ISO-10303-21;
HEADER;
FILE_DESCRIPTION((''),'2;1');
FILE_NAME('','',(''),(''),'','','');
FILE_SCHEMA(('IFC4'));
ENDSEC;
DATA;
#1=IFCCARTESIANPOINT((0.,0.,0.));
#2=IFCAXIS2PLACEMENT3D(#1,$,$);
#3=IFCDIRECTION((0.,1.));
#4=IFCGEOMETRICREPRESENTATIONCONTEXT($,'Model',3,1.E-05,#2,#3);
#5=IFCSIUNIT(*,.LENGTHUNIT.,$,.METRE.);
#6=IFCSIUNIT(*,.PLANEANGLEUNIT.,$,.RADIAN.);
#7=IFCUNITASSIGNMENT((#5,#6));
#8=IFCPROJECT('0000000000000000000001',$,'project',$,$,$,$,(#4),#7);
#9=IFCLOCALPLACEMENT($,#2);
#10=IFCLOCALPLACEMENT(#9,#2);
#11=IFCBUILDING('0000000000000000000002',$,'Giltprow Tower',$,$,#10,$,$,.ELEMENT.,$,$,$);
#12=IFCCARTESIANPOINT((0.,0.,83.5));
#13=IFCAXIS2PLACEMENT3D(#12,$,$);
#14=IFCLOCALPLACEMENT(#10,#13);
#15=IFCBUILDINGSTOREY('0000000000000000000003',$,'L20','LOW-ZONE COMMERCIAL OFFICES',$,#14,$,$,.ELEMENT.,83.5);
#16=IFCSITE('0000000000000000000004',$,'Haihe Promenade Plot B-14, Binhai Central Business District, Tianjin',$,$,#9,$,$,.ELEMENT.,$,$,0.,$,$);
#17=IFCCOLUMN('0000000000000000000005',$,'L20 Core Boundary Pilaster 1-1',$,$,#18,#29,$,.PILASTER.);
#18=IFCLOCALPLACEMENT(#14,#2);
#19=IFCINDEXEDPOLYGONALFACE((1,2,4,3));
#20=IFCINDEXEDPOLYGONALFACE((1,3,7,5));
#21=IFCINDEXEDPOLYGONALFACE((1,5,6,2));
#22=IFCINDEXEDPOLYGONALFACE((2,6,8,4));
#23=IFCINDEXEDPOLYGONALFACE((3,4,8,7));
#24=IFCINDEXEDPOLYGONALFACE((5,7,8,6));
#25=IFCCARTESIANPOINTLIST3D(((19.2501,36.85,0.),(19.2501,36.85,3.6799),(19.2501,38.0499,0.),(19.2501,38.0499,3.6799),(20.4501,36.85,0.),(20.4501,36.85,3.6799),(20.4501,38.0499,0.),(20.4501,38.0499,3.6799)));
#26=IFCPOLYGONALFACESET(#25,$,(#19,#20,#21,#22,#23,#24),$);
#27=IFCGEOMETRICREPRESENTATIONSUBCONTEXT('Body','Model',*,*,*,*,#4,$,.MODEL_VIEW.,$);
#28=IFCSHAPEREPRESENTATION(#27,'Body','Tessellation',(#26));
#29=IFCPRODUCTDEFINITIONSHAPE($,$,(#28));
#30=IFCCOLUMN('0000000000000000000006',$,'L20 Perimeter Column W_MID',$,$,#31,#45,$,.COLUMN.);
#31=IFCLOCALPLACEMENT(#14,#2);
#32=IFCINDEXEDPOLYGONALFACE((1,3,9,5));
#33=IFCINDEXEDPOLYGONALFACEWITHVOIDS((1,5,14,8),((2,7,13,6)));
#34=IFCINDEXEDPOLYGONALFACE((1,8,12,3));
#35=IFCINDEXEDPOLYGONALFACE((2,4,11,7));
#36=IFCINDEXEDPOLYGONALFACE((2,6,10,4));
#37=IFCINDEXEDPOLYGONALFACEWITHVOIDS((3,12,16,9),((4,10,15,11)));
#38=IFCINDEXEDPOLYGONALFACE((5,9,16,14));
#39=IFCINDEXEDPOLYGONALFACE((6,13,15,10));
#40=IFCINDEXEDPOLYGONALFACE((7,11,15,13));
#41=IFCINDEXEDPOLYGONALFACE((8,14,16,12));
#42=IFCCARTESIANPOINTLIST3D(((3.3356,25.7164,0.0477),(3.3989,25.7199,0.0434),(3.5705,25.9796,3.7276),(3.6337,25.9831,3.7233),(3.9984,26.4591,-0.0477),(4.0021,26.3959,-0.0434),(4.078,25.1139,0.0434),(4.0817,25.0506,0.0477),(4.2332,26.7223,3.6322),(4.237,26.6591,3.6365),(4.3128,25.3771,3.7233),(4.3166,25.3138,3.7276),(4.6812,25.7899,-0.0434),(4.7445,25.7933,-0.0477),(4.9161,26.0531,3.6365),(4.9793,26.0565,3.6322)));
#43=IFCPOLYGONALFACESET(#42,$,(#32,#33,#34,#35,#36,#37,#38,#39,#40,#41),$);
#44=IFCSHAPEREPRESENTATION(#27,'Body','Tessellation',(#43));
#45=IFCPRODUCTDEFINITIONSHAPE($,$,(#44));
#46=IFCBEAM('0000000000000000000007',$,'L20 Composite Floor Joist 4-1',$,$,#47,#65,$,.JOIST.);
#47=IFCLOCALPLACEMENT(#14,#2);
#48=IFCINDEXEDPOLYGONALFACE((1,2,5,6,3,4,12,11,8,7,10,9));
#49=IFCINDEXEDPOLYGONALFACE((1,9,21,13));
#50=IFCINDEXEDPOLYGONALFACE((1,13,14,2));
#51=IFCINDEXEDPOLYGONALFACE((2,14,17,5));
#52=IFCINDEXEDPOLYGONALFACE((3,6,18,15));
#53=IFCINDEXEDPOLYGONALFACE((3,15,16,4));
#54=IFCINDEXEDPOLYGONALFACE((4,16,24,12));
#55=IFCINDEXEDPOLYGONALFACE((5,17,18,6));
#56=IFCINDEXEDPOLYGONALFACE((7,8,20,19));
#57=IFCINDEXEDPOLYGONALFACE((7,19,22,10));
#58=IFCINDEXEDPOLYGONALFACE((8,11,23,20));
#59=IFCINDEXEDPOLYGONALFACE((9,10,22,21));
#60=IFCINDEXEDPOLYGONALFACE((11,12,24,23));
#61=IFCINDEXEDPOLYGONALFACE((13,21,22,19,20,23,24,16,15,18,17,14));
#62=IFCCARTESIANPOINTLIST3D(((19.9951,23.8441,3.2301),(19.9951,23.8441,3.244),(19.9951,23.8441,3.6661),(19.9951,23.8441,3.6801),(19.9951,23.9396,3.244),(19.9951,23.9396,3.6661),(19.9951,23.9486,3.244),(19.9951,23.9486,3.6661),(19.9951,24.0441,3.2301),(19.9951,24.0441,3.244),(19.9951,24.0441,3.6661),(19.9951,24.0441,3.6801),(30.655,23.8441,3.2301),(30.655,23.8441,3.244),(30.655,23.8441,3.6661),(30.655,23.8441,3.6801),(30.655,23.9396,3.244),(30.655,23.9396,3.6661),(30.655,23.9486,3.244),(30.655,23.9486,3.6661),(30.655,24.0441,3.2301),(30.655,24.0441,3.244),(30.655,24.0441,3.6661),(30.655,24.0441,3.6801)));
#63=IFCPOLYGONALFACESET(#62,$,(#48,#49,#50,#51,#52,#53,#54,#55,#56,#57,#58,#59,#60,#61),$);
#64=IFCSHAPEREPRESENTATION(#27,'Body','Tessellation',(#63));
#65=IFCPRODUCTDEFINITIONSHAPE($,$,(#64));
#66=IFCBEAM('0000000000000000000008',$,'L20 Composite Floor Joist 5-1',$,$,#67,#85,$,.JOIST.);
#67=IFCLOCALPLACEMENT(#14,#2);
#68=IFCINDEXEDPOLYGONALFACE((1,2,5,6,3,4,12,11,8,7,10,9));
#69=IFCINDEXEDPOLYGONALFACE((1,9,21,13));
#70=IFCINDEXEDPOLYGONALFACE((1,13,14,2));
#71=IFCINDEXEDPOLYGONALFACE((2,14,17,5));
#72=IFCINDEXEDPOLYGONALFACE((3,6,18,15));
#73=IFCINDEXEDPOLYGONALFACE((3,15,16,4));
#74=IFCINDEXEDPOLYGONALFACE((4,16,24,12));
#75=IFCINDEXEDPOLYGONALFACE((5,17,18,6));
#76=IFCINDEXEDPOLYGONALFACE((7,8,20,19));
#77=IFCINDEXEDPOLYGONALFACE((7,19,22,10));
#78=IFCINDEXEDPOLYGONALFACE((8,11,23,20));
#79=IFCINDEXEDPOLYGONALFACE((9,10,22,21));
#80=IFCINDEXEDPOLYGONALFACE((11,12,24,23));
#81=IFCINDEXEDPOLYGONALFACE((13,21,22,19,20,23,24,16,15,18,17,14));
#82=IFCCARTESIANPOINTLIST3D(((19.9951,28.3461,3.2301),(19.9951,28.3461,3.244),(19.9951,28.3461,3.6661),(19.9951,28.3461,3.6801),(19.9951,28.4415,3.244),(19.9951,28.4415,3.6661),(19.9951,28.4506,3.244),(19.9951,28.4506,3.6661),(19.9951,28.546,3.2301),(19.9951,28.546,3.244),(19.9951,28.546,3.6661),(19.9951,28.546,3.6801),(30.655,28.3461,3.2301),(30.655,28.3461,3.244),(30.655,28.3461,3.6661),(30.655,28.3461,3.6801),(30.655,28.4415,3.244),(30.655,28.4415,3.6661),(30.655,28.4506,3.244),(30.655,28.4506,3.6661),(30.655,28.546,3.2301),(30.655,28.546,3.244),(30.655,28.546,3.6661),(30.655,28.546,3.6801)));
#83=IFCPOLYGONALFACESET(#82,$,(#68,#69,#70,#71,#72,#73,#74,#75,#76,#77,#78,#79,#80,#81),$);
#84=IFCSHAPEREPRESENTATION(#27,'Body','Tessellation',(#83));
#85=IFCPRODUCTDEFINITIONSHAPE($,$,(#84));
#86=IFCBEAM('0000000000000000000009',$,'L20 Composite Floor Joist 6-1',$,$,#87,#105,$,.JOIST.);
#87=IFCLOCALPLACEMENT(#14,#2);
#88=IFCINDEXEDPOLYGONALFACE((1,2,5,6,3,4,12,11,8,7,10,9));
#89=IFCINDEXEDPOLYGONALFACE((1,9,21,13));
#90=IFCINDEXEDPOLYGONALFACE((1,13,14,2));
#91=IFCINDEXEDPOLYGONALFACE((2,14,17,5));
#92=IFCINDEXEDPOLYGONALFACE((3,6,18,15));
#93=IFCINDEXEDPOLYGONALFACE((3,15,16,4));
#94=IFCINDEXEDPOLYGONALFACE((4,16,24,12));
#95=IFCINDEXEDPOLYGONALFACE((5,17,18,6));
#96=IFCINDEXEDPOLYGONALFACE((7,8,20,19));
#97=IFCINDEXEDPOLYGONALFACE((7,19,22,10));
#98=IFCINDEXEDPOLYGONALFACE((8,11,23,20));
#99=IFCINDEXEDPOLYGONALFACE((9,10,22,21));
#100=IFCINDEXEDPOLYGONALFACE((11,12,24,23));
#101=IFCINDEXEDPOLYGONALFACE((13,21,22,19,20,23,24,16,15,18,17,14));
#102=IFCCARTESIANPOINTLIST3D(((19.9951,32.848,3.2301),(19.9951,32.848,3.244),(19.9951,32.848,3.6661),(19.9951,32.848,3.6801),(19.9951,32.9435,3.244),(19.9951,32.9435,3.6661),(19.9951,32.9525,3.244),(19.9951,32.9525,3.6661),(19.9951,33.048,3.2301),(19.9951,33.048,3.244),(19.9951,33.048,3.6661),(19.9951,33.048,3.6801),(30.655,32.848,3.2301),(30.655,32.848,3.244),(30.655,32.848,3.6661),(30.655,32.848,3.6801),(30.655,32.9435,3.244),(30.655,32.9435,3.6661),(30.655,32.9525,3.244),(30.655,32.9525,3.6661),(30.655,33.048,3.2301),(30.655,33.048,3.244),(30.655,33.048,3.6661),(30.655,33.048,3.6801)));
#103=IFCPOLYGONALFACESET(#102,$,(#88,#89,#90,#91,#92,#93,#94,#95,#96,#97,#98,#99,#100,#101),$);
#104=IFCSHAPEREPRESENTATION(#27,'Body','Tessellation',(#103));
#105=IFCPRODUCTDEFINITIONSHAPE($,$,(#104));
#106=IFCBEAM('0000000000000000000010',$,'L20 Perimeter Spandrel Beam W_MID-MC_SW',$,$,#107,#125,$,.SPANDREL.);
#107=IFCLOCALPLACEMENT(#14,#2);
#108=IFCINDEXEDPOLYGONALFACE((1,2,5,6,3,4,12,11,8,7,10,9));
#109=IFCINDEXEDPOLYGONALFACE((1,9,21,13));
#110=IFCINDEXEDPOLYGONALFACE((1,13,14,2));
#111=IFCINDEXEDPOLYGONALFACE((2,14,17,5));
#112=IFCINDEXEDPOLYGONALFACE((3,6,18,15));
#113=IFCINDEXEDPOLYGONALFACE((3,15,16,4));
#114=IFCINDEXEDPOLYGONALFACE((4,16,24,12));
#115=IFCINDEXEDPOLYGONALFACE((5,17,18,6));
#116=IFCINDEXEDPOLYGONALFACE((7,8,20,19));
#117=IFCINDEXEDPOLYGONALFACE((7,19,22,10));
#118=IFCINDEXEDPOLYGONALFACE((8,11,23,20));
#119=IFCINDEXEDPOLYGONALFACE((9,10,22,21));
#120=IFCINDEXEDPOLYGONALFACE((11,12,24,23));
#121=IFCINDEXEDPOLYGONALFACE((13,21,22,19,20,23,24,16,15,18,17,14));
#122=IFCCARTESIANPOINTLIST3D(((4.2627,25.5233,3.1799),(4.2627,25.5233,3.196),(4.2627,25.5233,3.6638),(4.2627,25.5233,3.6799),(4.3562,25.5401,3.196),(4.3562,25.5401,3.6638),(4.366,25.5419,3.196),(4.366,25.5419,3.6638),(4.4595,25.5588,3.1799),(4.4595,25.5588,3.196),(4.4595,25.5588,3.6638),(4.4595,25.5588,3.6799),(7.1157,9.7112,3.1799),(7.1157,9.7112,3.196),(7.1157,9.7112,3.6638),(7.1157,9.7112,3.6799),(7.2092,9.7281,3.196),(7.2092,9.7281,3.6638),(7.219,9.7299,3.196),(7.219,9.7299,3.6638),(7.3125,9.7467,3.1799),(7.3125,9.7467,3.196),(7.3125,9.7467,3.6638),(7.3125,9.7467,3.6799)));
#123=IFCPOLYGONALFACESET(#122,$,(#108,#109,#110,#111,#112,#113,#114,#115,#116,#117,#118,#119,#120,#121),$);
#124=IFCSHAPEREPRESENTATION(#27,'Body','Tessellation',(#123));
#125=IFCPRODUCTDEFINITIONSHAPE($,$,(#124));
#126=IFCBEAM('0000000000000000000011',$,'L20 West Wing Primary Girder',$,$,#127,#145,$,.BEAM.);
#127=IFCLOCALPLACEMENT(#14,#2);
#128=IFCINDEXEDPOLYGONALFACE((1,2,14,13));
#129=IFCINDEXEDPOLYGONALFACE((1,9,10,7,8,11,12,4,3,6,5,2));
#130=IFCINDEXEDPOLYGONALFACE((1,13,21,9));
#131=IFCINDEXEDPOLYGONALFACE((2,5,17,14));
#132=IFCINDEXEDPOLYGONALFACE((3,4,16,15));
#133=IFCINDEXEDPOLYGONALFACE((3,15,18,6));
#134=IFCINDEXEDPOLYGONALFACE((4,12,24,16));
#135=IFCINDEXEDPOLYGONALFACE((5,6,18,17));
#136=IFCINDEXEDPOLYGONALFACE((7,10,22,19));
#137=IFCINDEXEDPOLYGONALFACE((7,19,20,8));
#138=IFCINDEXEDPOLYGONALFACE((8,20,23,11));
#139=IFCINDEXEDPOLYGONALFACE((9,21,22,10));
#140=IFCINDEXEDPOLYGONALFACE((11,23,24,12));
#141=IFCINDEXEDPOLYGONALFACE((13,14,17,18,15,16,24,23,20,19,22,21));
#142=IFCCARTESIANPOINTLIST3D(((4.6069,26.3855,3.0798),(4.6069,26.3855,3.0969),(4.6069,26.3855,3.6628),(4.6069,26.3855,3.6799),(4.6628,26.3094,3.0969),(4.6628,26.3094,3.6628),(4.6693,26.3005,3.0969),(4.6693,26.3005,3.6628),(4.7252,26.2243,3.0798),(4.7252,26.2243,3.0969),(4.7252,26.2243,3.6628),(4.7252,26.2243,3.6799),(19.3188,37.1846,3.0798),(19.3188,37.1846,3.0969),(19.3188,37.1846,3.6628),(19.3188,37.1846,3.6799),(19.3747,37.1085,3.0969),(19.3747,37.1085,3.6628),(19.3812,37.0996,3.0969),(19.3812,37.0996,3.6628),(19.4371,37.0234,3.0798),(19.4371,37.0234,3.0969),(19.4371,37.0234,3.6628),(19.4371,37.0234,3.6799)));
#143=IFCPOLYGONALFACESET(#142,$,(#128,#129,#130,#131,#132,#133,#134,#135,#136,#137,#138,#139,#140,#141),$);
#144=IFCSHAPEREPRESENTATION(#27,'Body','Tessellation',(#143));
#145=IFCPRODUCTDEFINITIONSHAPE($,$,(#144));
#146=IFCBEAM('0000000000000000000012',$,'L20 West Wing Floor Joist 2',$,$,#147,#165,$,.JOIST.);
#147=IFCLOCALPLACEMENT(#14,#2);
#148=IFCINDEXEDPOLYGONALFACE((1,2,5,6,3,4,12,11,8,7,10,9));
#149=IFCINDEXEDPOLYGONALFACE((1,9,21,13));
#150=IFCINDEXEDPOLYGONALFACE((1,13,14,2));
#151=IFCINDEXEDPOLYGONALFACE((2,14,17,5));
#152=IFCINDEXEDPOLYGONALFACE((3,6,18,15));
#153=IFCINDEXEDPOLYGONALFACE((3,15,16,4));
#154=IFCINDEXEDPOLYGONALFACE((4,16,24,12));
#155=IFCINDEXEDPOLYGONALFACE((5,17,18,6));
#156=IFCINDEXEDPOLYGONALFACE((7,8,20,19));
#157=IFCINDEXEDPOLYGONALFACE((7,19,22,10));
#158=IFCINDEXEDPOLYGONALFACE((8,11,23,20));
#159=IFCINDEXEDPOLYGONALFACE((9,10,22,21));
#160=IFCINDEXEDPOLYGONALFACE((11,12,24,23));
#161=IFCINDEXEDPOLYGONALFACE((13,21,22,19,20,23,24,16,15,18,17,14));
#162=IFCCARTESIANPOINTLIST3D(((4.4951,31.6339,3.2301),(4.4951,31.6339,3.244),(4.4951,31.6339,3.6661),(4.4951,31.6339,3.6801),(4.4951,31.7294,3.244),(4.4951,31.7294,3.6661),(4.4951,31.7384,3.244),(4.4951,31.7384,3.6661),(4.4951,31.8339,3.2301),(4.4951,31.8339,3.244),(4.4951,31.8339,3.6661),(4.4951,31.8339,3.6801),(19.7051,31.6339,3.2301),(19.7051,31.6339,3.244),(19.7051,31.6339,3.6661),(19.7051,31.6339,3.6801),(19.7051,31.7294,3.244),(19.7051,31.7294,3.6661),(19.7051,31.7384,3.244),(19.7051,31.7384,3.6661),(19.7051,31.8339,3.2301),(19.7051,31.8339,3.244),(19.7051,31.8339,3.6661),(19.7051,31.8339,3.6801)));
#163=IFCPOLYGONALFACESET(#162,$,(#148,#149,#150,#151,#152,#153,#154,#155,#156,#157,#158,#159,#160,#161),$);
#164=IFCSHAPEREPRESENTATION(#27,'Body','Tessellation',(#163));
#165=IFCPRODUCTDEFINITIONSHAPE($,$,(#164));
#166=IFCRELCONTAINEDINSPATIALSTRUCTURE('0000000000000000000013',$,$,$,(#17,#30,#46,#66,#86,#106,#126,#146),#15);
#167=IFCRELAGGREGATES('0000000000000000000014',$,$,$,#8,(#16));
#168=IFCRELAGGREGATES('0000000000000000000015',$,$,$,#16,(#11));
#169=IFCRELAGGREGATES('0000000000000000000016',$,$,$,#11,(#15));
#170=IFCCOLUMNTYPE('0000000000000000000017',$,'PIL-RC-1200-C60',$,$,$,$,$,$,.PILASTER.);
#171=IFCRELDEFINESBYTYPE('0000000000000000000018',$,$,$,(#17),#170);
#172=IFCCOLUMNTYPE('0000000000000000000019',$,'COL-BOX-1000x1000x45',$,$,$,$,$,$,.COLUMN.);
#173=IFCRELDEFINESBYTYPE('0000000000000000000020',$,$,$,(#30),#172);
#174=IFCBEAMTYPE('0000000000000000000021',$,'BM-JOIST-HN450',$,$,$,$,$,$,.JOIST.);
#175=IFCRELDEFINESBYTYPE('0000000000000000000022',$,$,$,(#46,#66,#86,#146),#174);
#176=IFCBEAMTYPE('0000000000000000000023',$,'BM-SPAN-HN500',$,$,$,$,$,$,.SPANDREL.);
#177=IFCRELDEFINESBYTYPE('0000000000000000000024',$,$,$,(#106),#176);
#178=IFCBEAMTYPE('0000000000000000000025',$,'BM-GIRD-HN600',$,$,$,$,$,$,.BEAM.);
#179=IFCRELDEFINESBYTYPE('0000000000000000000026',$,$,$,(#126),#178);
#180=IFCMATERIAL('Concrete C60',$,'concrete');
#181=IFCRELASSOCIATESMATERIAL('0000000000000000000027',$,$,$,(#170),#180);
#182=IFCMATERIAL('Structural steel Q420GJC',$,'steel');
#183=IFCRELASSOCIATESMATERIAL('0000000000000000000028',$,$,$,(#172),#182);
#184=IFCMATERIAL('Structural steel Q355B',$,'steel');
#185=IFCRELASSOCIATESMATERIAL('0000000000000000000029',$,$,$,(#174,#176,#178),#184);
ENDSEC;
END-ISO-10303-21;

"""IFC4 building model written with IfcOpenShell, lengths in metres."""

from ifc_helpers import new_model, si_unit, direction, frame, origin, origin_2d, place, context, subcontext, project, spatial, rectangle, hollow_rectangle, i_section, extrude, source, transform, mapped, material, material_profile, profile_set, type_object, element, save


model = new_model("IFC4")

# Units and contexts
model_context = context("Model", 3, precision=1e-05, world=origin(), true_north=direction((0.0, 1.0)))
body_context = subcontext(model_context, "Body", "Model", "MODEL_VIEW")
ifc_project = project(units=[si_unit("LENGTHUNIT", "METRE"), si_unit("PLANEANGLEUNIT", "RADIAN")], contexts=[model_context])

# Site, building, storey
site_placement = place(None, origin())
site = spatial("IfcSite", under=ifc_project, at=site_placement, Name="Haihe Promenade Plot B-14, Binhai Central Business District, Tianjin", CompositionType="ELEMENT", RefElevation=0.0)
building_placement = place(site_placement, origin())
building = spatial("IfcBuilding", under=site, at=building_placement, Name="Giltprow Tower", CompositionType="ELEMENT")
storey_placement = place(building_placement, frame((0.0, 0.0, 83.5)))
storey = spatial("IfcBuildingStorey", under=building, at=storey_placement, Name="L20", Description="LOW-ZONE COMMERCIAL OFFICES", CompositionType="ELEMENT", Elevation=83.5)

# Columns
ifc_material_1 = material(Name="Concrete C60", Category="concrete")
ifc_material_profile_1 = material_profile(ifc_material_1, rectangle(XDim=1.2, YDim=1.2, at=origin_2d()), Name="RC 1200x1200")
ifc_profile_set_1 = profile_set([ifc_material_profile_1], Name="Concrete C60")
column_type_1 = type_object("IfcColumnType", Name="PIL-RC-1200-C60", PredefinedType="PILASTER", material=ifc_profile_set_1)
shared_shape_1 = source(origin(), body_context, "Body", "SweptSolid", [
    extrude(rectangle(XDim=1.2, YDim=1.2, at=origin_2d()), origin(), (0.0, 0.0, 1.0), 3.6799),
])
column_1_placement = place(storey_placement, frame((19.8501, 37.45, 0.0), z_axis=(0.0, 0.0, 1.0), x_axis=(1.0, 0.0, 0.0)))
element("IfcColumn", 1, at=column_1_placement, inside=storey, type_object=column_type_1, Name="L20 Core Boundary Pilaster 1-1", PredefinedType="PILASTER", context=body_context, shape_type="MappedRepresentation", body=[
    mapped(shared_shape_1, transform((0.0, 0.0, 0.0), x_axis=(1.0, 0.0, 0.0), y_axis=(0.0, 1.0, 0.0), z_axis=(0.0, 0.0, 1.0), scale=1.0)),
])
ifc_material_2 = material(Name="Structural steel Q420GJC", Category="steel")
ifc_material_profile_2 = material_profile(ifc_material_2, hollow_rectangle(XDim=1.0, YDim=1.0, WallThickness=0.0449, at=origin_2d()), Name="BOX 1000x1000x45")
ifc_profile_set_2 = profile_set([ifc_material_profile_2], Name="Structural steel Q420GJC")
column_type_2 = type_object("IfcColumnType", Name="COL-BOX-1000x1000x45", PredefinedType="COLUMN", material=ifc_profile_set_2)
shared_shape_2 = source(origin(), body_context, "Body", "SweptSolid", [
    extrude(hollow_rectangle(XDim=1.0, YDim=1.0, WallThickness=0.0449, at=origin_2d()), origin(), (0.0, 0.0, 1.0), 3.6968),
])
column_2_placement = place(storey_placement, frame((4.04, 25.7549, 0.0), z_axis=(0.063532, 0.071192, 0.995437), x_axis=(-0.74611, 0.665823, 0.0)))
element("IfcColumn", 2, at=column_2_placement, inside=storey, type_object=column_type_2, Name="L20 Perimeter Column W_MID", PredefinedType="COLUMN", context=body_context, shape_type="MappedRepresentation", body=[
    mapped(shared_shape_2, transform((0.0, 0.0, 0.0), x_axis=(1.0, 0.0, 0.0), y_axis=(0.0, 1.0, 0.0), z_axis=(0.0, 0.0, 1.0), scale=1.0)),
])

# Beams
ifc_material_3 = material(Name="Structural steel Q355B", Category="steel")
ifc_material_profile_3 = material_profile(ifc_material_3, i_section(OverallWidth=0.2, OverallDepth=0.45, WebThickness=0.009, FlangeThickness=0.0139, at=origin_2d()), Name="HN 450x200x9x14")
ifc_profile_set_3 = profile_set([ifc_material_profile_3], Name="Structural steel Q355B")
beam_type_1 = type_object("IfcBeamType", Name="BM-JOIST-HN450", PredefinedType="JOIST", material=ifc_profile_set_3)
shared_shape_3 = source(origin(), body_context, "Body", "SweptSolid", [
    extrude(i_section(OverallWidth=0.2, OverallDepth=0.45, WebThickness=0.009, FlangeThickness=0.0139, at=origin_2d()), origin(), (0.0, 0.0, 1.0), 10.6599),
])
for number, where, z_axis, x_axis, name in (
    (3, (19.9951, 23.9441, 3.4551), (1.0, 0.0, 0.0), (0.0, 1.0, 0.0), "L20 Composite Floor Joist 4-1"),
    (4, (19.9951, 28.446, 3.4551), (1.0, 0.0, 0.0), (0.0, 1.0, 0.0), "L20 Composite Floor Joist 5-1"),
    (5, (19.9951, 32.948, 3.4551), (1.0, 0.0, 0.0), (0.0, 1.0, 0.0), "L20 Composite Floor Joist 6-1"),
):
    element("IfcBeam", number, at=place(storey_placement, frame(where, z_axis=z_axis, x_axis=x_axis)), inside=storey, type_object=beam_type_1, Name=name, PredefinedType="JOIST", context=body_context, shape_type="MappedRepresentation", body=[
        mapped(shared_shape_3, transform((0.0, 0.0, 0.0), x_axis=(1.0, 0.0, 0.0), y_axis=(0.0, 1.0, 0.0), z_axis=(0.0, 0.0, 1.0), scale=1.0)),
    ])
ifc_material_profile_4 = material_profile(ifc_material_3, i_section(OverallWidth=0.2, OverallDepth=0.5, WebThickness=0.01, FlangeThickness=0.0161, at=origin_2d()), Name="HN 500x200x10x16")
ifc_profile_set_4 = profile_set([ifc_material_profile_4], Name="Structural steel Q355B")
beam_type_2 = type_object("IfcBeamType", Name="BM-SPAN-HN500", PredefinedType="SPANDREL", material=ifc_profile_set_4)
shared_shape_4 = source(origin(), body_context, "Body", "SweptSolid", [
    extrude(i_section(OverallWidth=0.2, OverallDepth=0.5, WebThickness=0.01, FlangeThickness=0.0161, at=origin_2d()), origin(), (0.0, 0.0, 1.0), 16.0674),
])
beam_1_placement = place(storey_placement, frame((4.3611, 25.541, 3.4299), z_axis=(0.177567, -0.984109, 0.0), x_axis=(0.984109, 0.177567, 0.0)))
element("IfcBeam", 6, at=beam_1_placement, inside=storey, type_object=beam_type_2, Name="L20 Perimeter Spandrel Beam W_MID-MC_SW", PredefinedType="SPANDREL", context=body_context, shape_type="MappedRepresentation", body=[
    mapped(shared_shape_4, transform((0.0, 0.0, 0.0), x_axis=(1.0, 0.0, 0.0), y_axis=(0.0, 1.0, 0.0), z_axis=(0.0, 0.0, 1.0), scale=1.0)),
])
ifc_material_profile_5 = material_profile(ifc_material_3, i_section(OverallWidth=0.2, OverallDepth=0.6001, WebThickness=0.011, FlangeThickness=0.0171, at=origin_2d()), Name="HN 600x200x11x17")
ifc_profile_set_5 = profile_set([ifc_material_profile_5], Name="Structural steel Q355B")
beam_type_3 = type_object("IfcBeamType", Name="BM-GIRD-HN600", PredefinedType="BEAM", material=ifc_profile_set_5)
shared_shape_5 = source(origin(), body_context, "Body", "SweptSolid", [
    extrude(i_section(OverallWidth=0.2, OverallDepth=0.6001, WebThickness=0.011, FlangeThickness=0.0171, at=origin_2d()), origin(), (0.0, 0.0, 1.0), 18.25),
])
beam_2_placement = place(storey_placement, frame((4.666, 26.3049, 3.3799), z_axis=(0.806135, 0.591732, 0.0), x_axis=(-0.591732, 0.806135, 0.0)))
element("IfcBeam", 7, at=beam_2_placement, inside=storey, type_object=beam_type_3, Name="L20 West Wing Primary Girder", PredefinedType="BEAM", context=body_context, shape_type="MappedRepresentation", body=[
    mapped(shared_shape_5, transform((0.0, 0.0, 0.0), x_axis=(1.0, 0.0, 0.0), y_axis=(0.0, 1.0, 0.0), z_axis=(0.0, 0.0, 1.0), scale=1.0)),
])
shared_shape_6 = source(origin(), body_context, "Body", "SweptSolid", [
    extrude(i_section(OverallWidth=0.2, OverallDepth=0.45, WebThickness=0.009, FlangeThickness=0.0139, at=origin_2d()), origin(), (0.0, 0.0, 1.0), 15.21),
])
beam_3_placement = place(storey_placement, frame((4.4951, 31.7339, 3.4551), z_axis=(1.0, 0.0, 0.0), x_axis=(0.0, 1.0, 0.0)))
element("IfcBeam", 8, at=beam_3_placement, inside=storey, type_object=beam_type_1, Name="L20 West Wing Floor Joist 2", PredefinedType="JOIST", context=body_context, shape_type="MappedRepresentation", body=[
    mapped(shared_shape_6, transform((0.0, 0.0, 0.0), x_axis=(1.0, 0.0, 0.0), y_axis=(0.0, 1.0, 0.0), z_axis=(0.0, 0.0, 1.0), scale=1.0)),
])

save(model, "model.ifc")
